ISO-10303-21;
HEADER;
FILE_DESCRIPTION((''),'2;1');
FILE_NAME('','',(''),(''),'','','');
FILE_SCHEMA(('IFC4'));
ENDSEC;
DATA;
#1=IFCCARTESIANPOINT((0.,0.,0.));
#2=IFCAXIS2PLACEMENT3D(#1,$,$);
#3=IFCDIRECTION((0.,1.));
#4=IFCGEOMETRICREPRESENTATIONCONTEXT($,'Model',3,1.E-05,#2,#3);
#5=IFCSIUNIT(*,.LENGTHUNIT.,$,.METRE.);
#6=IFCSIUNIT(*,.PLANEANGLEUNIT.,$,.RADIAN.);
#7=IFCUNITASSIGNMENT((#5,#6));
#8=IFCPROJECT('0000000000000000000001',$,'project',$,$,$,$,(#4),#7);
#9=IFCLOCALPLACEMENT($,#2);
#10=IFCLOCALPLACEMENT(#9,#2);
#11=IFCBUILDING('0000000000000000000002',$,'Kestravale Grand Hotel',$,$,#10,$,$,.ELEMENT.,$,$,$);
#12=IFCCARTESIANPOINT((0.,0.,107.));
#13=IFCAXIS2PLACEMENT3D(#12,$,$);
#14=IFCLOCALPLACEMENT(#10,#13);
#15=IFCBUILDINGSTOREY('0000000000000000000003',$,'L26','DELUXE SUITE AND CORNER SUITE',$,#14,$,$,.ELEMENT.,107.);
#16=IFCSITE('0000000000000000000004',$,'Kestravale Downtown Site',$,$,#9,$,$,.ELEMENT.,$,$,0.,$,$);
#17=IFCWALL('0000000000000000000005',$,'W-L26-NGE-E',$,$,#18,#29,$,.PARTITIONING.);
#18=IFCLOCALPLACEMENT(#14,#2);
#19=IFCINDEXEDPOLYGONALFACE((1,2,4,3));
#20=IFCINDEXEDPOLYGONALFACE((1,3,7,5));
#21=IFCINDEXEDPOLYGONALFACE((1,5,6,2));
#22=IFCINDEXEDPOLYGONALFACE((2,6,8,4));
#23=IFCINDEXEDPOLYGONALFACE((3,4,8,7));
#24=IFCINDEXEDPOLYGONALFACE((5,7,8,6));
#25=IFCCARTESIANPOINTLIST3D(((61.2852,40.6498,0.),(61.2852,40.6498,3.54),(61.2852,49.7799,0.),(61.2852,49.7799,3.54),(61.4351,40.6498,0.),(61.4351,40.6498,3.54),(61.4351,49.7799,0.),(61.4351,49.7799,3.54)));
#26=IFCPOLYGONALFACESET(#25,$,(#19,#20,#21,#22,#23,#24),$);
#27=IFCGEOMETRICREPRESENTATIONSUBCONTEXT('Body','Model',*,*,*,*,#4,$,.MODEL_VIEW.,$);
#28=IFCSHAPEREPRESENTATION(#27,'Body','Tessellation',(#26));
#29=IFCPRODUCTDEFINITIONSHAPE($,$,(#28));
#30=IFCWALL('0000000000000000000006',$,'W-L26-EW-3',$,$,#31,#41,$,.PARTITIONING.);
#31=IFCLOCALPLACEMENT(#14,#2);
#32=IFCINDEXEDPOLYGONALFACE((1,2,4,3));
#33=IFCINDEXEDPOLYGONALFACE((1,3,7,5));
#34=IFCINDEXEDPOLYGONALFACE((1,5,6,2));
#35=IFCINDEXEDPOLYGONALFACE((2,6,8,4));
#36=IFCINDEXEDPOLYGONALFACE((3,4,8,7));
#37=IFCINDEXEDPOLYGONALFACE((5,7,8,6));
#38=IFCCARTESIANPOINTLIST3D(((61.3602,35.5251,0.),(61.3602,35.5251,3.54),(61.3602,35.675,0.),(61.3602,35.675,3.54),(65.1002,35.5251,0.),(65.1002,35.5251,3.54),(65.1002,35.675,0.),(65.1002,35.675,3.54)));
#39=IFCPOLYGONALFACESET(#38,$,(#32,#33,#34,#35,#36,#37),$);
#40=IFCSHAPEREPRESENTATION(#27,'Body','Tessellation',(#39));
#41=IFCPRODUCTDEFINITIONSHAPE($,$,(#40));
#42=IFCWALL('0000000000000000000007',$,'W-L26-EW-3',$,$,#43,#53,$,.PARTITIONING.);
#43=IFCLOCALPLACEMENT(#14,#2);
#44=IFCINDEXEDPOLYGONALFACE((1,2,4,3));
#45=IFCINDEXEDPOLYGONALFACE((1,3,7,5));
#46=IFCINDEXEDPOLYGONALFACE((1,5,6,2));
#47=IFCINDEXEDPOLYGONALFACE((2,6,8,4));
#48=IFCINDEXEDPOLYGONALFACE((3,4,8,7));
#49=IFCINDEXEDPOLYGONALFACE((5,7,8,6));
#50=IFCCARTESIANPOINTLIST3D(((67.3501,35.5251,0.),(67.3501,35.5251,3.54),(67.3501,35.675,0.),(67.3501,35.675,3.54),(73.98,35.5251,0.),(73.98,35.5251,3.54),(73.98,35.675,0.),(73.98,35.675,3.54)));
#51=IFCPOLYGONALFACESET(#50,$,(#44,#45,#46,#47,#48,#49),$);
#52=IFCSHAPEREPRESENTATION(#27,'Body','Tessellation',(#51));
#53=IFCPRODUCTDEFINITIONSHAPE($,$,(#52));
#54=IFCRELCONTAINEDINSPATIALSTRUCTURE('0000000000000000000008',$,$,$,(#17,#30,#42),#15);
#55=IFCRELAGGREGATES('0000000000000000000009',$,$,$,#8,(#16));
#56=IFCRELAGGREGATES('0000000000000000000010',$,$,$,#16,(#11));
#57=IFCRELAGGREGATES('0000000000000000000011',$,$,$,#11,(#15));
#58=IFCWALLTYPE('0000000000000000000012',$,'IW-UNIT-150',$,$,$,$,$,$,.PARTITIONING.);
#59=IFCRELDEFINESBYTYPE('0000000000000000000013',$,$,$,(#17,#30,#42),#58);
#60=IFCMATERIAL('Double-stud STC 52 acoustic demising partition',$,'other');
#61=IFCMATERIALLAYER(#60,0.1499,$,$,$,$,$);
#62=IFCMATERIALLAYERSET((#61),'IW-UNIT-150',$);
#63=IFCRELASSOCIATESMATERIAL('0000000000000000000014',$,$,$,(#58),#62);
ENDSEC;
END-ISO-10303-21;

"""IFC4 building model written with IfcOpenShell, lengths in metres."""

from ifc_helpers import new_model, si_unit, direction, frame, frame_2d, origin, place, context, subcontext, project, spatial, rectangle, extrude, material, layer, layer_set, type_object, element, save


model = new_model("IFC4")

# Units and contexts
model_context = context("Model", 3, precision=1e-05, world=origin(), true_north=direction((0.0, 1.0)))
body_context = subcontext(model_context, "Body", "Model", "MODEL_VIEW")
ifc_project = project(units=[si_unit("LENGTHUNIT", "METRE"), si_unit("PLANEANGLEUNIT", "RADIAN")], contexts=[model_context])

# Site, building, storey
site_placement = place(None, origin())
site = spatial("IfcSite", under=ifc_project, at=site_placement, Name="Kestravale Downtown Site", CompositionType="ELEMENT", RefElevation=0.0)
building_placement = place(site_placement, origin())
building = spatial("IfcBuilding", under=site, at=building_placement, Name="Kestravale Grand Hotel", CompositionType="ELEMENT")
storey_placement = place(building_placement, frame((0.0, 0.0, 107.0)))
storey = spatial("IfcBuildingStorey", under=building, at=storey_placement, Name="L26", Description="DELUXE SUITE AND CORNER SUITE", CompositionType="ELEMENT", Elevation=107.0)

# Walls
ifc_material_1 = material(Name="Double-stud STC 52 acoustic demising partition", Category="other")
ifc_layer_1 = layer(ifc_material_1, 0.1499)
ifc_layer_set_1 = layer_set([ifc_layer_1], Name="IW-UNIT-150")
wall_type_1 = type_object("IfcWallType", Name="IW-UNIT-150", PredefinedType="PARTITIONING", material=ifc_layer_set_1)
wall_1_placement = place(storey_placement, frame((61.3601, 40.6499, 0.0), z_axis=(0.0, 0.0, 1.0), x_axis=(0.0, 1.0, 0.0)))
element("IfcWall", 1, at=wall_1_placement, inside=storey, type_object=wall_type_1, Name="W-L26-NGE-E", PredefinedType="PARTITIONING", context=body_context, shape_type="SweptSolid", body=[
    extrude(rectangle(XDim=9.1301, YDim=0.1499, at=frame_2d((4.5649, 0.0))), origin(), (0.0, 0.0, 1.0), 3.54),
])
wall_2_placement = place(storey_placement, frame((61.3601, 35.6001, 0.0), z_axis=(0.0, 0.0, 1.0), x_axis=(1.0, 0.0, 0.0)))
element("IfcWall", 2, at=wall_2_placement, inside=storey, type_object=wall_type_1, Name="W-L26-EW-3", PredefinedType="PARTITIONING", context=body_context, shape_type="SweptSolid", body=[
    extrude(rectangle(XDim=3.74, YDim=0.1499, at=frame_2d((1.8701, 0.0))), origin(), (0.0, 0.0, 1.0), 3.54),
])
wall_3_placement = place(storey_placement, frame((67.3501, 35.6001, 0.0), z_axis=(0.0, 0.0, 1.0), x_axis=(1.0, 0.0, 0.0)))
element("IfcWall", 3, at=wall_3_placement, inside=storey, type_object=wall_type_1, Name="W-L26-EW-3", PredefinedType="PARTITIONING", context=body_context, shape_type="SweptSolid", body=[
    extrude(rectangle(XDim=6.6299, YDim=0.1499, at=frame_2d((3.3149, 0.0))), origin(), (0.0, 0.0, 1.0), 3.54),
])

save(model, "model.ifc")
